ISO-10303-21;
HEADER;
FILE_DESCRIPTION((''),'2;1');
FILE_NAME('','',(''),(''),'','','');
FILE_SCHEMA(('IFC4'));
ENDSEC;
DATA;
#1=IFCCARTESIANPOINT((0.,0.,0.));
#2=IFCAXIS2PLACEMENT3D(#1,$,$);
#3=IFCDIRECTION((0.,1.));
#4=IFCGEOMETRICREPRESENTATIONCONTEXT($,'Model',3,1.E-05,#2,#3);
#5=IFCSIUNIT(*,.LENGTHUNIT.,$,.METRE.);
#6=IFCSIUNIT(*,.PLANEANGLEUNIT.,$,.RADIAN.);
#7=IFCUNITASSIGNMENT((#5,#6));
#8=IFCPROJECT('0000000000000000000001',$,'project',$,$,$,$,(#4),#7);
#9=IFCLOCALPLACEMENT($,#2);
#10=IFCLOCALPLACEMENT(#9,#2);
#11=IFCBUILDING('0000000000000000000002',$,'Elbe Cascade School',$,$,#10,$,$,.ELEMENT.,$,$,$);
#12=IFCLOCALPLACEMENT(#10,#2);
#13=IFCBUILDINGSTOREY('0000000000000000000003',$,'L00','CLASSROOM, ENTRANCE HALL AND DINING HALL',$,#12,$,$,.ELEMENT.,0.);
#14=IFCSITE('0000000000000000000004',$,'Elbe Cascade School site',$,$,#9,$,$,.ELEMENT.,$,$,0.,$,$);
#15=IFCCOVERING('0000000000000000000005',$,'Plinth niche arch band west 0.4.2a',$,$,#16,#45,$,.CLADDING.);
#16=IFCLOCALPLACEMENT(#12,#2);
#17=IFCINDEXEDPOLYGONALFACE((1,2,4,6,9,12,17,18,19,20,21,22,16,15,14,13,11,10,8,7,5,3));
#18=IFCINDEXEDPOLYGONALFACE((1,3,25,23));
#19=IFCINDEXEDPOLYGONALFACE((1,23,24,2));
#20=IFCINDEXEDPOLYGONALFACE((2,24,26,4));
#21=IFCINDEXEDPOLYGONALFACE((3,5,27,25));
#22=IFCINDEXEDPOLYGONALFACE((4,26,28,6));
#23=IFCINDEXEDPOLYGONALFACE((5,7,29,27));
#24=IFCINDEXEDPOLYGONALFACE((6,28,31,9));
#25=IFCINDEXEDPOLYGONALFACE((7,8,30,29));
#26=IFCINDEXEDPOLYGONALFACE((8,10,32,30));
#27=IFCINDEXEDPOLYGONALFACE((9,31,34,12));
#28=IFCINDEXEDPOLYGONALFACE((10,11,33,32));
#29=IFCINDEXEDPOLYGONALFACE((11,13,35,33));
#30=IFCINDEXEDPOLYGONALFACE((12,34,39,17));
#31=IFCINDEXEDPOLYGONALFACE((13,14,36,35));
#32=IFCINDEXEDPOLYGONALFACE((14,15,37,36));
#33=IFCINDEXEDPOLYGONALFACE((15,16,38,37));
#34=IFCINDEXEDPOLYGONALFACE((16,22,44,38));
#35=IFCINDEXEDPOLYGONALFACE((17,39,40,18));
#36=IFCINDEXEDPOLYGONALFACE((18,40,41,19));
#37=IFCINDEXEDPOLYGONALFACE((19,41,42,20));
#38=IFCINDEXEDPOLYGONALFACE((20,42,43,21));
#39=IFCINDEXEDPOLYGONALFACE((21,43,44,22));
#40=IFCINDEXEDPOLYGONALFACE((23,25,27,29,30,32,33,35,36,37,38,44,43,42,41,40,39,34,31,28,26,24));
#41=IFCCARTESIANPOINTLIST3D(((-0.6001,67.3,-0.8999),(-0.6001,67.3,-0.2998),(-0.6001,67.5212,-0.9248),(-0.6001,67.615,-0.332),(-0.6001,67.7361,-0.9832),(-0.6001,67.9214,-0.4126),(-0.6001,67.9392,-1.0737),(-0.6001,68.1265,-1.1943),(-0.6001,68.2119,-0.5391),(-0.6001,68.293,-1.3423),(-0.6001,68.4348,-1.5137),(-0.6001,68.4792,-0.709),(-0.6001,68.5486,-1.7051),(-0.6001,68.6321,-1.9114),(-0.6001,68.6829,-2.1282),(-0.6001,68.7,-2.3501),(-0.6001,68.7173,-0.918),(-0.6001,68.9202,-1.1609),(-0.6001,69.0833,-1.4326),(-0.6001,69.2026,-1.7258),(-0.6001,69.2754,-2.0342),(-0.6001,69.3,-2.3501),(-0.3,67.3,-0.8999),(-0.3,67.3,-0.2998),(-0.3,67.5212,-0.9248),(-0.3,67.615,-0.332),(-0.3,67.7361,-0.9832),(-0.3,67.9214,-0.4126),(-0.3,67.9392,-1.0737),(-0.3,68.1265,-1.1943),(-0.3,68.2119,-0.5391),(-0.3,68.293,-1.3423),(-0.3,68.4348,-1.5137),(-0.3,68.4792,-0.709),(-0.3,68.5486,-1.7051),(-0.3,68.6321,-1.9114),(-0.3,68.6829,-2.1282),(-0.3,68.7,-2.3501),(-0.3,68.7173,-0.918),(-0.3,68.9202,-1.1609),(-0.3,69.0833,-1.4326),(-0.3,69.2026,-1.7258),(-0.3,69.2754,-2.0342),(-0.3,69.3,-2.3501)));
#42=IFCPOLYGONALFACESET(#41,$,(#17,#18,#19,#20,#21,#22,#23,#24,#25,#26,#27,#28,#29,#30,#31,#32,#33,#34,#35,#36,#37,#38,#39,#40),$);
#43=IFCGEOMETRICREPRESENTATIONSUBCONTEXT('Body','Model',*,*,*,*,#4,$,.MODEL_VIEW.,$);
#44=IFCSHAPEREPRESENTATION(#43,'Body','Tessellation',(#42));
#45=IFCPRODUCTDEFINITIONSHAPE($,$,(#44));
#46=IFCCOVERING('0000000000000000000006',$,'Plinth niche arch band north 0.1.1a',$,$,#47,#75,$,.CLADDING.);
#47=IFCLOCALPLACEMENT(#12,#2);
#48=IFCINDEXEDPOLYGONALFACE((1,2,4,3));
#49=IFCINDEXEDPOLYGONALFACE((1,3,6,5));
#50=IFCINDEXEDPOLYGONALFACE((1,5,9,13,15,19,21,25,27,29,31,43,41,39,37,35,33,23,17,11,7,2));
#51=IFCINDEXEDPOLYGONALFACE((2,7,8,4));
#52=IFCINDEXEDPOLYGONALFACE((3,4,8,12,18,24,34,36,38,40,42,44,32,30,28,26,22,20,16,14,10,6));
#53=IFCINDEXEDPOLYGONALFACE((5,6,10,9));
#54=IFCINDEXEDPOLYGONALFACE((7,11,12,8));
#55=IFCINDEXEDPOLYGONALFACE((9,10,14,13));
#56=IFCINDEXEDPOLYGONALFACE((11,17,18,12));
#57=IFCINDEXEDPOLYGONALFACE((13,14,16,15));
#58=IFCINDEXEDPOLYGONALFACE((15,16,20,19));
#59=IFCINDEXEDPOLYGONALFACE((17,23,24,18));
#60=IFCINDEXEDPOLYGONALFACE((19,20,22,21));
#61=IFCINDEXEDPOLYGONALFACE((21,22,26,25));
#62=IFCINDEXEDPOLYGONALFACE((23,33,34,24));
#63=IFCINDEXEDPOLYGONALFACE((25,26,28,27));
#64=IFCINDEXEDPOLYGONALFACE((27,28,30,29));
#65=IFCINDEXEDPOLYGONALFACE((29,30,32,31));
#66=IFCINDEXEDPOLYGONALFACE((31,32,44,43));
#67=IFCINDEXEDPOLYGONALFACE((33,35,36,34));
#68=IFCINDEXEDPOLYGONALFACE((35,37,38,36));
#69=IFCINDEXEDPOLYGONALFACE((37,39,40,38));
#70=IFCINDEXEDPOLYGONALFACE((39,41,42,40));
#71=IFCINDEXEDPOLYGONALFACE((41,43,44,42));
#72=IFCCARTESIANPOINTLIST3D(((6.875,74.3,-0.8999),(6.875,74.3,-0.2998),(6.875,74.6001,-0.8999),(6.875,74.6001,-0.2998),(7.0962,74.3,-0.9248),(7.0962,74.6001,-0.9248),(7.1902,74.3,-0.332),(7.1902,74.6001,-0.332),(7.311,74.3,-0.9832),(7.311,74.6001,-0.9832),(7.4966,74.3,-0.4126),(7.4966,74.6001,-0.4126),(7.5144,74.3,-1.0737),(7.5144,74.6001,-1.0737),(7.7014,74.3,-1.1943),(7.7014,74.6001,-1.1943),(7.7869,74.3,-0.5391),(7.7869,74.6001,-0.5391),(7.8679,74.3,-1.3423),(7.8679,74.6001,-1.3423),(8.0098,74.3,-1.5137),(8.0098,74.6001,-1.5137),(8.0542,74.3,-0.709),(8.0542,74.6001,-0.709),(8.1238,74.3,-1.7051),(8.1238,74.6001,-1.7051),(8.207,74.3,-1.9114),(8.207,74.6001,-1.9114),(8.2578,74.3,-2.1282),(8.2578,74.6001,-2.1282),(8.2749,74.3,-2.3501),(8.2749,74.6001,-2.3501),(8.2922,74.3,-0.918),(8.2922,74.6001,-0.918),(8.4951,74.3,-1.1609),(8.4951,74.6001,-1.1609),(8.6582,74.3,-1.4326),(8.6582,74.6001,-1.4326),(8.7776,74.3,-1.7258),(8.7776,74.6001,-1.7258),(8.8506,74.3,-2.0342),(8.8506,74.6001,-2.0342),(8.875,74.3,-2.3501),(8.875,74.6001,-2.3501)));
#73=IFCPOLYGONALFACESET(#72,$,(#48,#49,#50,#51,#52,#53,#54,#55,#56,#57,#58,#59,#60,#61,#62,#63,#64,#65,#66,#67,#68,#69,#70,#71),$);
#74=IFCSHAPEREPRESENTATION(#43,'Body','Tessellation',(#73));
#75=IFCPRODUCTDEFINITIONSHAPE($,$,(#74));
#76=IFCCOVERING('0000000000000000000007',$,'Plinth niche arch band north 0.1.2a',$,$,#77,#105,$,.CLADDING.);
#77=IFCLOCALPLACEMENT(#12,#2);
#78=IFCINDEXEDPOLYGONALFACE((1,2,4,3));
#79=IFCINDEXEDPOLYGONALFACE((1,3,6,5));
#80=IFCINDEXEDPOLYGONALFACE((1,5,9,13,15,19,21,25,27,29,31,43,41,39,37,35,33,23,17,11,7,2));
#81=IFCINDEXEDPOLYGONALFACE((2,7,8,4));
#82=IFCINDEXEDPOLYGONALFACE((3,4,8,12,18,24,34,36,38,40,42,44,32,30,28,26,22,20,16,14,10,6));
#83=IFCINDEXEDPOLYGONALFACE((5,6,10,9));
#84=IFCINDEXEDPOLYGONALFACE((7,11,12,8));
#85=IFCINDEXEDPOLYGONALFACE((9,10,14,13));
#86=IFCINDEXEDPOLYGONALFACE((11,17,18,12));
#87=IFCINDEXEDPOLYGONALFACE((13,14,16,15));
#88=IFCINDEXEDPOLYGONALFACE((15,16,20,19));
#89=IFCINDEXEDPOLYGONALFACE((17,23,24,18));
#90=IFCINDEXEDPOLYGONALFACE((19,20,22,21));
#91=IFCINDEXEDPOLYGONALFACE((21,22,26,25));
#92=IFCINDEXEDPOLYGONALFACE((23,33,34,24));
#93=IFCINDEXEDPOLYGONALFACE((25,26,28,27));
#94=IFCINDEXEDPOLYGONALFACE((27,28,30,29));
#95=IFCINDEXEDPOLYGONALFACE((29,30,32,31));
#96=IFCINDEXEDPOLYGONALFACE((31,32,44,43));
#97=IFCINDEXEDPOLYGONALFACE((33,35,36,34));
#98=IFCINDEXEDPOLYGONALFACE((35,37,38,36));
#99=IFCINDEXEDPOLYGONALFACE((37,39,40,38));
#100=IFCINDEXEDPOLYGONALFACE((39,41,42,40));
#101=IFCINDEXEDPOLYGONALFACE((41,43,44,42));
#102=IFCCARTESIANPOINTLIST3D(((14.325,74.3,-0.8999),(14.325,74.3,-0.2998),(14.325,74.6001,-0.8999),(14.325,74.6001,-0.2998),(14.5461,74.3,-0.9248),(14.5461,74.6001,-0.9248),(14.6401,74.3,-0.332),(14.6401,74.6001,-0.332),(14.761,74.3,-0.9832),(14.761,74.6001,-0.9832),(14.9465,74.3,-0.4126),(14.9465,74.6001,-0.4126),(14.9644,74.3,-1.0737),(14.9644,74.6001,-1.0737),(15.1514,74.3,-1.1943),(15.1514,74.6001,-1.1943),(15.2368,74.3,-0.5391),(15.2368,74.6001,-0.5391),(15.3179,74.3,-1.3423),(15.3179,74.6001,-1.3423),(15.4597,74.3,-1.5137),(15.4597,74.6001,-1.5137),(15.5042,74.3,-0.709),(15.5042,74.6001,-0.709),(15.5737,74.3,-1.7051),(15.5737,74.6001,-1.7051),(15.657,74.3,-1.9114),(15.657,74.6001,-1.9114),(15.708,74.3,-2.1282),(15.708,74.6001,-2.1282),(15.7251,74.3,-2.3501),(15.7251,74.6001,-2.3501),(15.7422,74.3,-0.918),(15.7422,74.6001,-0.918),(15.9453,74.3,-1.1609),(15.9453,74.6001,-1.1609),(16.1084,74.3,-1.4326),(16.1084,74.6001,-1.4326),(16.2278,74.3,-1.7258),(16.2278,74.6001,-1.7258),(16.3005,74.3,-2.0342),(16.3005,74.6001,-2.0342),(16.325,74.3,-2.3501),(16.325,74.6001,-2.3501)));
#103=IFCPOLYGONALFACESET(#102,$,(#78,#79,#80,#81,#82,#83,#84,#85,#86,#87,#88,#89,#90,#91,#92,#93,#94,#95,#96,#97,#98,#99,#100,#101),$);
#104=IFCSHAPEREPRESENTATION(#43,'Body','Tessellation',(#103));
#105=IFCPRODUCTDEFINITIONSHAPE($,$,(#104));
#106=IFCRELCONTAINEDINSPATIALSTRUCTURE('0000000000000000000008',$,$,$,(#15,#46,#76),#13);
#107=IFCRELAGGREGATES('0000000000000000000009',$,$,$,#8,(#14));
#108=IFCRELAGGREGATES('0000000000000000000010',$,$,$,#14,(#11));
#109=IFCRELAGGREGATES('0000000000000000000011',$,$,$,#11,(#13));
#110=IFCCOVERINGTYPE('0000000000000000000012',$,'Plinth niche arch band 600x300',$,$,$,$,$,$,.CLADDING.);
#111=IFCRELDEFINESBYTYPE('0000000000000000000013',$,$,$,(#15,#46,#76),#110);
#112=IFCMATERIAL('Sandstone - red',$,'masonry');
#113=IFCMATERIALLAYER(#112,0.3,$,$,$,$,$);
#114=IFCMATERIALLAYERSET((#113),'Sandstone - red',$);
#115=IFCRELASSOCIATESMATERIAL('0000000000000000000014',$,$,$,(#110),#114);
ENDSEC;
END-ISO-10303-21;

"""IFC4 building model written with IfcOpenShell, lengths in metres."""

from ifc_helpers import new_model, si_unit, direction, frame, origin, place, context, subcontext, project, spatial, polyline, outline, extrude, material, layer, layer_set, type_object, element, save


model = new_model("IFC4")

# Units and contexts
model_context = context("Model", 3, precision=1e-05, world=origin(), true_north=direction((0.0, 1.0)))
body_context = subcontext(model_context, "Body", "Model", "MODEL_VIEW")
ifc_project = project(units=[si_unit("LENGTHUNIT", "METRE"), si_unit("PLANEANGLEUNIT", "RADIAN")], contexts=[model_context])

# Site, building, storey
site_placement = place(None, origin())
site = spatial("IfcSite", under=ifc_project, at=site_placement, Name="Elbe Cascade School site", CompositionType="ELEMENT", RefElevation=0.0)
building_placement = place(site_placement, origin())
building = spatial("IfcBuilding", under=site, at=building_placement, Name="Elbe Cascade School", CompositionType="ELEMENT")
storey_placement = place(building_placement, origin())
storey = spatial("IfcBuildingStorey", under=building, at=storey_placement, Name="L00", Description="CLASSROOM, ENTRANCE HALL AND DINING HALL", CompositionType="ELEMENT", Elevation=0.0)

# Coverings
ifc_material_1 = material(Name="Sandstone - red", Category="masonry")
ifc_layer_1 = layer(ifc_material_1, 0.3)
ifc_layer_set_1 = layer_set([ifc_layer_1], Name="Sandstone - red")
covering_type = type_object("IfcCoveringType", Name="Plinth niche arch band 600x300", PredefinedType="CLADDING", material=ifc_layer_set_1)
covering_1_placement = place(storey_placement, frame((-0.6001, 69.3, -2.3501), z_axis=(-1.0, 0.0, 0.0), x_axis=(0.0, -1.0, 0.0)))
element("IfcCovering", 1, at=covering_1_placement, inside=storey, type_object=covering_type, Name="Plinth niche arch band west 0.4.2a", PredefinedType="CLADDING", context=body_context, shape_type="SweptSolid", body=[
    extrude(outline(polyline([(0.0, 0.0), (0.6001, 0.0), (0.6172, 0.2219), (0.668, 0.4387), (0.7515, 0.645), (0.8652, 0.8364), (1.0071, 1.0078), (1.1736, 1.1558), (1.3608, 1.2764), (1.564, 1.3669), (1.7788, 1.4253), (2.0, 1.4502), (2.0, 2.0503), (1.6851, 2.0181), (1.3787, 1.9375), (1.0881, 1.811), (0.8208, 1.6411), (0.5828, 1.4321), (0.3799, 1.1892), (0.2168, 0.9175), (0.0974, 0.6243), (0.0247, 0.3159), (0.0, 0.0)])), origin(), (0.0, 0.0, -1.0), 0.3),
])
covering_2_placement = place(storey_placement, frame((8.875, 74.6001, -2.3501), z_axis=(0.0, 1.0, 0.0), x_axis=(-1.0, 0.0, 0.0)))
element("IfcCovering", 2, at=covering_2_placement, inside=storey, type_object=covering_type, Name="Plinth niche arch band north 0.1.1a", PredefinedType="CLADDING", context=body_context, shape_type="SweptSolid", body=[
    extrude(outline(polyline([(0.0, 0.0), (0.6001, 0.0), (0.6172, 0.2219), (0.668, 0.4387), (0.7512, 0.645), (0.8652, 0.8364), (1.0071, 1.0078), (1.1736, 1.1558), (1.3606, 1.2764), (1.564, 1.3669), (1.7788, 1.4253), (2.0, 1.4502), (2.0, 2.0503), (1.6848, 2.0181), (1.3784, 1.9375), (1.0881, 1.811), (0.8208, 1.6411), (0.5828, 1.4321), (0.3799, 1.1892), (0.2168, 0.9175), (0.0974, 0.6243), (0.0244, 0.3159), (0.0, 0.0)])), origin(), (0.0, 0.0, -1.0), 0.3),
])
covering_3_placement = place(storey_placement, frame((16.325, 74.6001, -2.3501), z_axis=(0.0, 1.0, 0.0), x_axis=(-1.0, 0.0, 0.0)))
element("IfcCovering", 3, at=covering_3_placement, inside=storey, type_object=covering_type, Name="Plinth niche arch band north 0.1.2a", PredefinedType="CLADDING", context=body_context, shape_type="SweptSolid", body=[
    extrude(outline(polyline([(0.0, 0.0), (0.5999, 0.0), (0.6169, 0.2219), (0.668, 0.4387), (0.7512, 0.645), (0.8652, 0.8364), (1.0071, 1.0078), (1.1736, 1.1558), (1.3606, 1.2764), (1.564, 1.3669), (1.7788, 1.4253), (2.0, 1.4502), (2.0, 2.0503), (1.6848, 2.0181), (1.3784, 1.9375), (1.0881, 1.811), (0.8208, 1.6411), (0.5828, 1.4321), (0.3796, 1.1892), (0.2166, 0.9175), (0.0972, 0.6243), (0.0244, 0.3159), (0.0, 0.0)])), origin(), (0.0, 0.0, -1.0), 0.3),
])

save(model, "model.ifc")
